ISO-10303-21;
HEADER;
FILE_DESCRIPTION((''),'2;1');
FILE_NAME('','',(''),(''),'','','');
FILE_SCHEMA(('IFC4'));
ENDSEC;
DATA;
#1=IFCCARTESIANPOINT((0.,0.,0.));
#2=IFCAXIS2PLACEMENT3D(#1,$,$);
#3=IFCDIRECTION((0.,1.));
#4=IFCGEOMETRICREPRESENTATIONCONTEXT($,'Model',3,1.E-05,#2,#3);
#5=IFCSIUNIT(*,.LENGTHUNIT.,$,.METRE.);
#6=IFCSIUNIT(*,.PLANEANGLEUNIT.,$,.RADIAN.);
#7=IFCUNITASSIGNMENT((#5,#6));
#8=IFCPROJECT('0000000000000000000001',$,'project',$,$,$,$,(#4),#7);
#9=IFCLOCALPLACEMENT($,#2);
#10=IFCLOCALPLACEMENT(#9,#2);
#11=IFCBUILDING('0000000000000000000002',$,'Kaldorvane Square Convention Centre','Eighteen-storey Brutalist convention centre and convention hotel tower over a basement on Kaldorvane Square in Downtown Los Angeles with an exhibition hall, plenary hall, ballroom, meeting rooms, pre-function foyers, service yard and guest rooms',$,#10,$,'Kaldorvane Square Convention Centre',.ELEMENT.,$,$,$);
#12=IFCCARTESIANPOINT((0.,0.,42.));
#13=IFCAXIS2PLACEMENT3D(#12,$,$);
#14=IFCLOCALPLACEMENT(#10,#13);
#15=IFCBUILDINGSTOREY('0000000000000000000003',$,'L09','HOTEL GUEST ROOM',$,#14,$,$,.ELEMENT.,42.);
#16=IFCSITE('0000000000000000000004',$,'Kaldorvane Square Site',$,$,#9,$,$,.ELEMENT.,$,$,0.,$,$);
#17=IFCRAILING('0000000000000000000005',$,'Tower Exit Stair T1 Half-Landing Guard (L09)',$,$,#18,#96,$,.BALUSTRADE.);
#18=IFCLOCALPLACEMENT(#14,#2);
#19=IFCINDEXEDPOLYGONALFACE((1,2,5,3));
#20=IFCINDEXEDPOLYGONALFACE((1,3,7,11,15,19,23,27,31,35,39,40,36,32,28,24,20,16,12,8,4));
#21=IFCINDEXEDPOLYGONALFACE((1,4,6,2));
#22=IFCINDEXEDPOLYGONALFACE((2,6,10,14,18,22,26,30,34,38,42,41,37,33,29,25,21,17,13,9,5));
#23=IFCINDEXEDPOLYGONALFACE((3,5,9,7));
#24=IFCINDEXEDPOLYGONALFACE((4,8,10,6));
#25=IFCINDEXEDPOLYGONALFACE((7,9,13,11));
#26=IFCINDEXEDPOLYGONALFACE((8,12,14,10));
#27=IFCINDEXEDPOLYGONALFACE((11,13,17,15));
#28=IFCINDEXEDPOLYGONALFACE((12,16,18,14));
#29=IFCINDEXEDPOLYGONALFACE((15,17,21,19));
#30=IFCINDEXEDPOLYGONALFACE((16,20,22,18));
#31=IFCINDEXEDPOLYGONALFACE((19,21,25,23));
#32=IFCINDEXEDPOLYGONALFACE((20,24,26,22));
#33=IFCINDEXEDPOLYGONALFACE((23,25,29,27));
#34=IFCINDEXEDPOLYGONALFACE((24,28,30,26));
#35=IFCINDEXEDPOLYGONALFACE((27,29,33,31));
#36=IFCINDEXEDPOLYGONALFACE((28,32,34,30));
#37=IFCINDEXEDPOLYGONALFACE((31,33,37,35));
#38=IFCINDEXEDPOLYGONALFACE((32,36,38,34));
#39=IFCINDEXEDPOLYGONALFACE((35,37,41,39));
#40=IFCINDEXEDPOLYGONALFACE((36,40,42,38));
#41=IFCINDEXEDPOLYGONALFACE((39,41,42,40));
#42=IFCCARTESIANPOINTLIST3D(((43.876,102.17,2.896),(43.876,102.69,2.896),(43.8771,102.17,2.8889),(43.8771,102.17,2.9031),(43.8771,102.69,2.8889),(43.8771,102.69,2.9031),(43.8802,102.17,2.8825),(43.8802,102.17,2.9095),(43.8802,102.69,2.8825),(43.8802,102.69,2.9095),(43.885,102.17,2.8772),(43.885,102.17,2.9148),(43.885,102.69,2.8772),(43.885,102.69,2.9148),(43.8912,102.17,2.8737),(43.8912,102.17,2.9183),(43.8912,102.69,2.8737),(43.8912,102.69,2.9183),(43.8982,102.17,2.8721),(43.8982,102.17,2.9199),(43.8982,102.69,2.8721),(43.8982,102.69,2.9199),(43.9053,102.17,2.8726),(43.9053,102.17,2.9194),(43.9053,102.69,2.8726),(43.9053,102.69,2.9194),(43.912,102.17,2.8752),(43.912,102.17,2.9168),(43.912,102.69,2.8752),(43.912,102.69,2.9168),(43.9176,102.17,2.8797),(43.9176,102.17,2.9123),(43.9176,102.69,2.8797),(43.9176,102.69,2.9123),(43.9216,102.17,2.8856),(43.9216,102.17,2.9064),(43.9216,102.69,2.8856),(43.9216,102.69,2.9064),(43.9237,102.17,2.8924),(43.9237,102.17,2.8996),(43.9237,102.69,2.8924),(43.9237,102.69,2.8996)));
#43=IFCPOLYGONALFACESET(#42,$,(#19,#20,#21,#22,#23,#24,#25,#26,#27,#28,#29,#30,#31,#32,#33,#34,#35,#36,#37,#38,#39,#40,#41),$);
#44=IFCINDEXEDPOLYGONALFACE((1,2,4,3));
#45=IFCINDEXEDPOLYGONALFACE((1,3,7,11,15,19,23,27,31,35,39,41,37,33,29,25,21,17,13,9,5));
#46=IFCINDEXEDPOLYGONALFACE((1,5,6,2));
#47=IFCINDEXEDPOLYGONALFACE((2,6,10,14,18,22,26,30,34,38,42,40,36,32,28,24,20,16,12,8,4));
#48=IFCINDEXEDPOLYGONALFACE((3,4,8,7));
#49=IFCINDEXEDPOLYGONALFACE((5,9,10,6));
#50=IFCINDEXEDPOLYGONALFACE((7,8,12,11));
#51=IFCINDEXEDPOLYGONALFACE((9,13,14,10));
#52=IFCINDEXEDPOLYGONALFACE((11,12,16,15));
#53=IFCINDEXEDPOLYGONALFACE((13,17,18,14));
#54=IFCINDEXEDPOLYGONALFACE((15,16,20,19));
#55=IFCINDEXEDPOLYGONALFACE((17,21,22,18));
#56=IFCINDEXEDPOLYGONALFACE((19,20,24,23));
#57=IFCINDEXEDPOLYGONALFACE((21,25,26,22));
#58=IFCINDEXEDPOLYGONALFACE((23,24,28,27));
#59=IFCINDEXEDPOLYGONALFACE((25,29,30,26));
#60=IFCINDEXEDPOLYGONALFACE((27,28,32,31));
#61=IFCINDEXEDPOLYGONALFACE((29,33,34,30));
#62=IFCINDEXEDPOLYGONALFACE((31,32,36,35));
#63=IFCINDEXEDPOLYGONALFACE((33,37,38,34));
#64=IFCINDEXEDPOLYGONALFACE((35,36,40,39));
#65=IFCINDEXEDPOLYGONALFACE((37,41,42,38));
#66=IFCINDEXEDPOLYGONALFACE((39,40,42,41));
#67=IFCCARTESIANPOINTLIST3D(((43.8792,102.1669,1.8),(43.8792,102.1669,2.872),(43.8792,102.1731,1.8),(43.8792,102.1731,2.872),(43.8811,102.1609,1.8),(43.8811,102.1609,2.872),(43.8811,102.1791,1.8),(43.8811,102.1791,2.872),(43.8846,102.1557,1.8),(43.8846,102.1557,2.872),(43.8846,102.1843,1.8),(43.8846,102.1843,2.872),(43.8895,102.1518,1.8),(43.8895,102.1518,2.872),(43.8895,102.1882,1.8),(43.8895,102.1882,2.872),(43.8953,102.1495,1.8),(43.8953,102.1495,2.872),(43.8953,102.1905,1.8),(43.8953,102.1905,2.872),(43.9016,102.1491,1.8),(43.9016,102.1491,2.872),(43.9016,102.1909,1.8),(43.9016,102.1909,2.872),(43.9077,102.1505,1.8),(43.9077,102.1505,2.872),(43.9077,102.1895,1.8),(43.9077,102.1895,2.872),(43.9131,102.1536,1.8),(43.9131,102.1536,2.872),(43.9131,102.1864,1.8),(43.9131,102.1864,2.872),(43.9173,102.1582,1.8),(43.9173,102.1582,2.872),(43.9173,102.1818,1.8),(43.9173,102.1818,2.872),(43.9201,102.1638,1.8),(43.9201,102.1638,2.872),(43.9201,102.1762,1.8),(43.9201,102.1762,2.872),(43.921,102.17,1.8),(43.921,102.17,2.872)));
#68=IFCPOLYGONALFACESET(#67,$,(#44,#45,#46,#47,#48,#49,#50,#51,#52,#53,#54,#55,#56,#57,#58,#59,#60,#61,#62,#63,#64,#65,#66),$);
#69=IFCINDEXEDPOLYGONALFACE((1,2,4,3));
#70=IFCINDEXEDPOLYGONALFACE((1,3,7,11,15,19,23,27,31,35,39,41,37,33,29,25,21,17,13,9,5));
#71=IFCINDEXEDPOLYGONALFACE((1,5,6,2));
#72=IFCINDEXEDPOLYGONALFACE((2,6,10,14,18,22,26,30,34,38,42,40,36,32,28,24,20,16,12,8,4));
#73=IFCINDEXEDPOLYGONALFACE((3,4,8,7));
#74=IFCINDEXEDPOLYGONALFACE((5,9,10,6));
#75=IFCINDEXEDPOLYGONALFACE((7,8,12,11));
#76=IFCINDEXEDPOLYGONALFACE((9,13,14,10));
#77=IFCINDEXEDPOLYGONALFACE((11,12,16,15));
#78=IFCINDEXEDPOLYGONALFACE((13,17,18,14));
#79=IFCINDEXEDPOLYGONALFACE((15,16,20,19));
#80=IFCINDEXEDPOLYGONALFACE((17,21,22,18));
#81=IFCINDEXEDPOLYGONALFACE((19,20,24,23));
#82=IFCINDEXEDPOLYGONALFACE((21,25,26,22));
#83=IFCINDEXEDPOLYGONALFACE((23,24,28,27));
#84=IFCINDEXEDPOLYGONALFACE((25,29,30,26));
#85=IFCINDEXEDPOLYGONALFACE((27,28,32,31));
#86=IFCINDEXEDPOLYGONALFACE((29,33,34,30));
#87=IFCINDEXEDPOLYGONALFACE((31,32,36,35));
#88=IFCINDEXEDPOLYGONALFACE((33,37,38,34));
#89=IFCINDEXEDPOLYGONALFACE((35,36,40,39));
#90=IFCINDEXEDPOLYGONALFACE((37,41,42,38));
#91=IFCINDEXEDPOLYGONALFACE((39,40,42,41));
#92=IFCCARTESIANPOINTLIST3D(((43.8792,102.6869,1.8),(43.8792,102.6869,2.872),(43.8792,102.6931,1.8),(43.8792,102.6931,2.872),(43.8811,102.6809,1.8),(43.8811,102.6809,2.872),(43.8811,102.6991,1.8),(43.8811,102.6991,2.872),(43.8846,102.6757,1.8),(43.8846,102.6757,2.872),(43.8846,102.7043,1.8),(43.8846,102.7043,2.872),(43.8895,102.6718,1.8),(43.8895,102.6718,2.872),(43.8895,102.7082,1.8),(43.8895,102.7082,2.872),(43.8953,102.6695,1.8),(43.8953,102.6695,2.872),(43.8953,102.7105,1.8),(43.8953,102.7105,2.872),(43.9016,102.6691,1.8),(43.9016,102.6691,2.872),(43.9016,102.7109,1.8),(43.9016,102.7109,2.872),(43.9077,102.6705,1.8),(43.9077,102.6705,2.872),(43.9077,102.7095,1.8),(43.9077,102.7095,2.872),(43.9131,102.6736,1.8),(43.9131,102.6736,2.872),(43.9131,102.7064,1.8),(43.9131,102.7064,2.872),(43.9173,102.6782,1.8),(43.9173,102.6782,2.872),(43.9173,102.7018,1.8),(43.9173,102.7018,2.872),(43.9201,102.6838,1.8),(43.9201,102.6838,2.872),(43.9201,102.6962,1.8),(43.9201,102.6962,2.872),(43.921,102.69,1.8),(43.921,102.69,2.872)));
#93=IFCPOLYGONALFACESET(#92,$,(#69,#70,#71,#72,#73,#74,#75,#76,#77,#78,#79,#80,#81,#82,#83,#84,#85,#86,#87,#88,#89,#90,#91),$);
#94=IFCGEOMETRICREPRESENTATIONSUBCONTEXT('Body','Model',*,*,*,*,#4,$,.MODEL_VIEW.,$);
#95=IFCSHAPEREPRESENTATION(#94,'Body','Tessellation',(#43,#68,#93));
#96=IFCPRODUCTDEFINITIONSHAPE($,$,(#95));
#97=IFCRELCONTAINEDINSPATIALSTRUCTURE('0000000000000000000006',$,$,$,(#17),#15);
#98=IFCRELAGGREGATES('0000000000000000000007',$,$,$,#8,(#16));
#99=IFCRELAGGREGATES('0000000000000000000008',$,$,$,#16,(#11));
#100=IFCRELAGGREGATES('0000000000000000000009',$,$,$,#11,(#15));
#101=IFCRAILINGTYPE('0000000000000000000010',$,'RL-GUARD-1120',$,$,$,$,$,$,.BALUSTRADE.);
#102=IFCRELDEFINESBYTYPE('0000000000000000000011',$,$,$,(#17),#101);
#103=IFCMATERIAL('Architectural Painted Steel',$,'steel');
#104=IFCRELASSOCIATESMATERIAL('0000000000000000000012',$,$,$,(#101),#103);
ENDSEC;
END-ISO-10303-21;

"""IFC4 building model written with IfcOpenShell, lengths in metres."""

from ifc_helpers import new_model, si_unit, direction, frame, origin, origin_2d, place, context, subcontext, project, spatial, circle, extrude, material, type_object, element, save


model = new_model("IFC4")

# Units and contexts
model_context = context("Model", 3, precision=1e-05, world=origin(), true_north=direction((0.0, 1.0)))
body_context = subcontext(model_context, "Body", "Model", "MODEL_VIEW")
ifc_project = project(units=[si_unit("LENGTHUNIT", "METRE"), si_unit("PLANEANGLEUNIT", "RADIAN")], contexts=[model_context])

# Site, building, storey
site_placement = place(None, origin())
site = spatial("IfcSite", under=ifc_project, at=site_placement, Name="Kaldorvane Square Site", CompositionType="ELEMENT", RefElevation=0.0)
building_placement = place(site_placement, origin())
building = spatial("IfcBuilding", under=site, at=building_placement, Name="Kaldorvane Square Convention Centre", Description="Eighteen-storey Brutalist convention centre and convention hotel tower over a basement on Kaldorvane Square in Downtown Los Angeles with an exhibition hall, plenary hall, ballroom, meeting rooms, pre-function foyers, service yard and guest rooms", LongName="Kaldorvane Square Convention Centre", CompositionType="ELEMENT")
storey_placement = place(building_placement, frame((0.0, 0.0, 42.0)))
storey = spatial("IfcBuildingStorey", under=building, at=storey_placement, Name="L09", Description="HOTEL GUEST ROOM", CompositionType="ELEMENT", Elevation=42.0)

# Railing
ifc_material_1 = material(Name="Architectural Painted Steel", Category="steel")
railing_type_1 = type_object("IfcRailingType", Name="RL-GUARD-1120", PredefinedType="BALUSTRADE", material=ifc_material_1)
railing_1_placement = place(storey_placement, frame((43.9, 102.17, 1.8)))
element("IfcRailing", 1, at=railing_1_placement, inside=storey, type_object=railing_type_1, Name="Tower Exit Stair T1 Half-Landing Guard (L09)", PredefinedType="BALUSTRADE", context=body_context, shape_type="SweptSolid", body=[
    extrude(circle(Radius=0.024, at=origin_2d()), frame((0.0, 0.0, 1.096), z_axis=(0.0, 1.0, 0.0), x_axis=(-1.0, 0.0, 0.0)), (0.0, 0.0, 1.0), 0.52),
    extrude(circle(Radius=0.021, at=origin_2d()), origin(), (0.0, 0.0, 1.0), 1.072),
    extrude(circle(Radius=0.021, at=origin_2d()), frame((0.0, 0.52, 0.0)), (0.0, 0.0, 1.0), 1.072),
])

save(model, "model.ifc")
